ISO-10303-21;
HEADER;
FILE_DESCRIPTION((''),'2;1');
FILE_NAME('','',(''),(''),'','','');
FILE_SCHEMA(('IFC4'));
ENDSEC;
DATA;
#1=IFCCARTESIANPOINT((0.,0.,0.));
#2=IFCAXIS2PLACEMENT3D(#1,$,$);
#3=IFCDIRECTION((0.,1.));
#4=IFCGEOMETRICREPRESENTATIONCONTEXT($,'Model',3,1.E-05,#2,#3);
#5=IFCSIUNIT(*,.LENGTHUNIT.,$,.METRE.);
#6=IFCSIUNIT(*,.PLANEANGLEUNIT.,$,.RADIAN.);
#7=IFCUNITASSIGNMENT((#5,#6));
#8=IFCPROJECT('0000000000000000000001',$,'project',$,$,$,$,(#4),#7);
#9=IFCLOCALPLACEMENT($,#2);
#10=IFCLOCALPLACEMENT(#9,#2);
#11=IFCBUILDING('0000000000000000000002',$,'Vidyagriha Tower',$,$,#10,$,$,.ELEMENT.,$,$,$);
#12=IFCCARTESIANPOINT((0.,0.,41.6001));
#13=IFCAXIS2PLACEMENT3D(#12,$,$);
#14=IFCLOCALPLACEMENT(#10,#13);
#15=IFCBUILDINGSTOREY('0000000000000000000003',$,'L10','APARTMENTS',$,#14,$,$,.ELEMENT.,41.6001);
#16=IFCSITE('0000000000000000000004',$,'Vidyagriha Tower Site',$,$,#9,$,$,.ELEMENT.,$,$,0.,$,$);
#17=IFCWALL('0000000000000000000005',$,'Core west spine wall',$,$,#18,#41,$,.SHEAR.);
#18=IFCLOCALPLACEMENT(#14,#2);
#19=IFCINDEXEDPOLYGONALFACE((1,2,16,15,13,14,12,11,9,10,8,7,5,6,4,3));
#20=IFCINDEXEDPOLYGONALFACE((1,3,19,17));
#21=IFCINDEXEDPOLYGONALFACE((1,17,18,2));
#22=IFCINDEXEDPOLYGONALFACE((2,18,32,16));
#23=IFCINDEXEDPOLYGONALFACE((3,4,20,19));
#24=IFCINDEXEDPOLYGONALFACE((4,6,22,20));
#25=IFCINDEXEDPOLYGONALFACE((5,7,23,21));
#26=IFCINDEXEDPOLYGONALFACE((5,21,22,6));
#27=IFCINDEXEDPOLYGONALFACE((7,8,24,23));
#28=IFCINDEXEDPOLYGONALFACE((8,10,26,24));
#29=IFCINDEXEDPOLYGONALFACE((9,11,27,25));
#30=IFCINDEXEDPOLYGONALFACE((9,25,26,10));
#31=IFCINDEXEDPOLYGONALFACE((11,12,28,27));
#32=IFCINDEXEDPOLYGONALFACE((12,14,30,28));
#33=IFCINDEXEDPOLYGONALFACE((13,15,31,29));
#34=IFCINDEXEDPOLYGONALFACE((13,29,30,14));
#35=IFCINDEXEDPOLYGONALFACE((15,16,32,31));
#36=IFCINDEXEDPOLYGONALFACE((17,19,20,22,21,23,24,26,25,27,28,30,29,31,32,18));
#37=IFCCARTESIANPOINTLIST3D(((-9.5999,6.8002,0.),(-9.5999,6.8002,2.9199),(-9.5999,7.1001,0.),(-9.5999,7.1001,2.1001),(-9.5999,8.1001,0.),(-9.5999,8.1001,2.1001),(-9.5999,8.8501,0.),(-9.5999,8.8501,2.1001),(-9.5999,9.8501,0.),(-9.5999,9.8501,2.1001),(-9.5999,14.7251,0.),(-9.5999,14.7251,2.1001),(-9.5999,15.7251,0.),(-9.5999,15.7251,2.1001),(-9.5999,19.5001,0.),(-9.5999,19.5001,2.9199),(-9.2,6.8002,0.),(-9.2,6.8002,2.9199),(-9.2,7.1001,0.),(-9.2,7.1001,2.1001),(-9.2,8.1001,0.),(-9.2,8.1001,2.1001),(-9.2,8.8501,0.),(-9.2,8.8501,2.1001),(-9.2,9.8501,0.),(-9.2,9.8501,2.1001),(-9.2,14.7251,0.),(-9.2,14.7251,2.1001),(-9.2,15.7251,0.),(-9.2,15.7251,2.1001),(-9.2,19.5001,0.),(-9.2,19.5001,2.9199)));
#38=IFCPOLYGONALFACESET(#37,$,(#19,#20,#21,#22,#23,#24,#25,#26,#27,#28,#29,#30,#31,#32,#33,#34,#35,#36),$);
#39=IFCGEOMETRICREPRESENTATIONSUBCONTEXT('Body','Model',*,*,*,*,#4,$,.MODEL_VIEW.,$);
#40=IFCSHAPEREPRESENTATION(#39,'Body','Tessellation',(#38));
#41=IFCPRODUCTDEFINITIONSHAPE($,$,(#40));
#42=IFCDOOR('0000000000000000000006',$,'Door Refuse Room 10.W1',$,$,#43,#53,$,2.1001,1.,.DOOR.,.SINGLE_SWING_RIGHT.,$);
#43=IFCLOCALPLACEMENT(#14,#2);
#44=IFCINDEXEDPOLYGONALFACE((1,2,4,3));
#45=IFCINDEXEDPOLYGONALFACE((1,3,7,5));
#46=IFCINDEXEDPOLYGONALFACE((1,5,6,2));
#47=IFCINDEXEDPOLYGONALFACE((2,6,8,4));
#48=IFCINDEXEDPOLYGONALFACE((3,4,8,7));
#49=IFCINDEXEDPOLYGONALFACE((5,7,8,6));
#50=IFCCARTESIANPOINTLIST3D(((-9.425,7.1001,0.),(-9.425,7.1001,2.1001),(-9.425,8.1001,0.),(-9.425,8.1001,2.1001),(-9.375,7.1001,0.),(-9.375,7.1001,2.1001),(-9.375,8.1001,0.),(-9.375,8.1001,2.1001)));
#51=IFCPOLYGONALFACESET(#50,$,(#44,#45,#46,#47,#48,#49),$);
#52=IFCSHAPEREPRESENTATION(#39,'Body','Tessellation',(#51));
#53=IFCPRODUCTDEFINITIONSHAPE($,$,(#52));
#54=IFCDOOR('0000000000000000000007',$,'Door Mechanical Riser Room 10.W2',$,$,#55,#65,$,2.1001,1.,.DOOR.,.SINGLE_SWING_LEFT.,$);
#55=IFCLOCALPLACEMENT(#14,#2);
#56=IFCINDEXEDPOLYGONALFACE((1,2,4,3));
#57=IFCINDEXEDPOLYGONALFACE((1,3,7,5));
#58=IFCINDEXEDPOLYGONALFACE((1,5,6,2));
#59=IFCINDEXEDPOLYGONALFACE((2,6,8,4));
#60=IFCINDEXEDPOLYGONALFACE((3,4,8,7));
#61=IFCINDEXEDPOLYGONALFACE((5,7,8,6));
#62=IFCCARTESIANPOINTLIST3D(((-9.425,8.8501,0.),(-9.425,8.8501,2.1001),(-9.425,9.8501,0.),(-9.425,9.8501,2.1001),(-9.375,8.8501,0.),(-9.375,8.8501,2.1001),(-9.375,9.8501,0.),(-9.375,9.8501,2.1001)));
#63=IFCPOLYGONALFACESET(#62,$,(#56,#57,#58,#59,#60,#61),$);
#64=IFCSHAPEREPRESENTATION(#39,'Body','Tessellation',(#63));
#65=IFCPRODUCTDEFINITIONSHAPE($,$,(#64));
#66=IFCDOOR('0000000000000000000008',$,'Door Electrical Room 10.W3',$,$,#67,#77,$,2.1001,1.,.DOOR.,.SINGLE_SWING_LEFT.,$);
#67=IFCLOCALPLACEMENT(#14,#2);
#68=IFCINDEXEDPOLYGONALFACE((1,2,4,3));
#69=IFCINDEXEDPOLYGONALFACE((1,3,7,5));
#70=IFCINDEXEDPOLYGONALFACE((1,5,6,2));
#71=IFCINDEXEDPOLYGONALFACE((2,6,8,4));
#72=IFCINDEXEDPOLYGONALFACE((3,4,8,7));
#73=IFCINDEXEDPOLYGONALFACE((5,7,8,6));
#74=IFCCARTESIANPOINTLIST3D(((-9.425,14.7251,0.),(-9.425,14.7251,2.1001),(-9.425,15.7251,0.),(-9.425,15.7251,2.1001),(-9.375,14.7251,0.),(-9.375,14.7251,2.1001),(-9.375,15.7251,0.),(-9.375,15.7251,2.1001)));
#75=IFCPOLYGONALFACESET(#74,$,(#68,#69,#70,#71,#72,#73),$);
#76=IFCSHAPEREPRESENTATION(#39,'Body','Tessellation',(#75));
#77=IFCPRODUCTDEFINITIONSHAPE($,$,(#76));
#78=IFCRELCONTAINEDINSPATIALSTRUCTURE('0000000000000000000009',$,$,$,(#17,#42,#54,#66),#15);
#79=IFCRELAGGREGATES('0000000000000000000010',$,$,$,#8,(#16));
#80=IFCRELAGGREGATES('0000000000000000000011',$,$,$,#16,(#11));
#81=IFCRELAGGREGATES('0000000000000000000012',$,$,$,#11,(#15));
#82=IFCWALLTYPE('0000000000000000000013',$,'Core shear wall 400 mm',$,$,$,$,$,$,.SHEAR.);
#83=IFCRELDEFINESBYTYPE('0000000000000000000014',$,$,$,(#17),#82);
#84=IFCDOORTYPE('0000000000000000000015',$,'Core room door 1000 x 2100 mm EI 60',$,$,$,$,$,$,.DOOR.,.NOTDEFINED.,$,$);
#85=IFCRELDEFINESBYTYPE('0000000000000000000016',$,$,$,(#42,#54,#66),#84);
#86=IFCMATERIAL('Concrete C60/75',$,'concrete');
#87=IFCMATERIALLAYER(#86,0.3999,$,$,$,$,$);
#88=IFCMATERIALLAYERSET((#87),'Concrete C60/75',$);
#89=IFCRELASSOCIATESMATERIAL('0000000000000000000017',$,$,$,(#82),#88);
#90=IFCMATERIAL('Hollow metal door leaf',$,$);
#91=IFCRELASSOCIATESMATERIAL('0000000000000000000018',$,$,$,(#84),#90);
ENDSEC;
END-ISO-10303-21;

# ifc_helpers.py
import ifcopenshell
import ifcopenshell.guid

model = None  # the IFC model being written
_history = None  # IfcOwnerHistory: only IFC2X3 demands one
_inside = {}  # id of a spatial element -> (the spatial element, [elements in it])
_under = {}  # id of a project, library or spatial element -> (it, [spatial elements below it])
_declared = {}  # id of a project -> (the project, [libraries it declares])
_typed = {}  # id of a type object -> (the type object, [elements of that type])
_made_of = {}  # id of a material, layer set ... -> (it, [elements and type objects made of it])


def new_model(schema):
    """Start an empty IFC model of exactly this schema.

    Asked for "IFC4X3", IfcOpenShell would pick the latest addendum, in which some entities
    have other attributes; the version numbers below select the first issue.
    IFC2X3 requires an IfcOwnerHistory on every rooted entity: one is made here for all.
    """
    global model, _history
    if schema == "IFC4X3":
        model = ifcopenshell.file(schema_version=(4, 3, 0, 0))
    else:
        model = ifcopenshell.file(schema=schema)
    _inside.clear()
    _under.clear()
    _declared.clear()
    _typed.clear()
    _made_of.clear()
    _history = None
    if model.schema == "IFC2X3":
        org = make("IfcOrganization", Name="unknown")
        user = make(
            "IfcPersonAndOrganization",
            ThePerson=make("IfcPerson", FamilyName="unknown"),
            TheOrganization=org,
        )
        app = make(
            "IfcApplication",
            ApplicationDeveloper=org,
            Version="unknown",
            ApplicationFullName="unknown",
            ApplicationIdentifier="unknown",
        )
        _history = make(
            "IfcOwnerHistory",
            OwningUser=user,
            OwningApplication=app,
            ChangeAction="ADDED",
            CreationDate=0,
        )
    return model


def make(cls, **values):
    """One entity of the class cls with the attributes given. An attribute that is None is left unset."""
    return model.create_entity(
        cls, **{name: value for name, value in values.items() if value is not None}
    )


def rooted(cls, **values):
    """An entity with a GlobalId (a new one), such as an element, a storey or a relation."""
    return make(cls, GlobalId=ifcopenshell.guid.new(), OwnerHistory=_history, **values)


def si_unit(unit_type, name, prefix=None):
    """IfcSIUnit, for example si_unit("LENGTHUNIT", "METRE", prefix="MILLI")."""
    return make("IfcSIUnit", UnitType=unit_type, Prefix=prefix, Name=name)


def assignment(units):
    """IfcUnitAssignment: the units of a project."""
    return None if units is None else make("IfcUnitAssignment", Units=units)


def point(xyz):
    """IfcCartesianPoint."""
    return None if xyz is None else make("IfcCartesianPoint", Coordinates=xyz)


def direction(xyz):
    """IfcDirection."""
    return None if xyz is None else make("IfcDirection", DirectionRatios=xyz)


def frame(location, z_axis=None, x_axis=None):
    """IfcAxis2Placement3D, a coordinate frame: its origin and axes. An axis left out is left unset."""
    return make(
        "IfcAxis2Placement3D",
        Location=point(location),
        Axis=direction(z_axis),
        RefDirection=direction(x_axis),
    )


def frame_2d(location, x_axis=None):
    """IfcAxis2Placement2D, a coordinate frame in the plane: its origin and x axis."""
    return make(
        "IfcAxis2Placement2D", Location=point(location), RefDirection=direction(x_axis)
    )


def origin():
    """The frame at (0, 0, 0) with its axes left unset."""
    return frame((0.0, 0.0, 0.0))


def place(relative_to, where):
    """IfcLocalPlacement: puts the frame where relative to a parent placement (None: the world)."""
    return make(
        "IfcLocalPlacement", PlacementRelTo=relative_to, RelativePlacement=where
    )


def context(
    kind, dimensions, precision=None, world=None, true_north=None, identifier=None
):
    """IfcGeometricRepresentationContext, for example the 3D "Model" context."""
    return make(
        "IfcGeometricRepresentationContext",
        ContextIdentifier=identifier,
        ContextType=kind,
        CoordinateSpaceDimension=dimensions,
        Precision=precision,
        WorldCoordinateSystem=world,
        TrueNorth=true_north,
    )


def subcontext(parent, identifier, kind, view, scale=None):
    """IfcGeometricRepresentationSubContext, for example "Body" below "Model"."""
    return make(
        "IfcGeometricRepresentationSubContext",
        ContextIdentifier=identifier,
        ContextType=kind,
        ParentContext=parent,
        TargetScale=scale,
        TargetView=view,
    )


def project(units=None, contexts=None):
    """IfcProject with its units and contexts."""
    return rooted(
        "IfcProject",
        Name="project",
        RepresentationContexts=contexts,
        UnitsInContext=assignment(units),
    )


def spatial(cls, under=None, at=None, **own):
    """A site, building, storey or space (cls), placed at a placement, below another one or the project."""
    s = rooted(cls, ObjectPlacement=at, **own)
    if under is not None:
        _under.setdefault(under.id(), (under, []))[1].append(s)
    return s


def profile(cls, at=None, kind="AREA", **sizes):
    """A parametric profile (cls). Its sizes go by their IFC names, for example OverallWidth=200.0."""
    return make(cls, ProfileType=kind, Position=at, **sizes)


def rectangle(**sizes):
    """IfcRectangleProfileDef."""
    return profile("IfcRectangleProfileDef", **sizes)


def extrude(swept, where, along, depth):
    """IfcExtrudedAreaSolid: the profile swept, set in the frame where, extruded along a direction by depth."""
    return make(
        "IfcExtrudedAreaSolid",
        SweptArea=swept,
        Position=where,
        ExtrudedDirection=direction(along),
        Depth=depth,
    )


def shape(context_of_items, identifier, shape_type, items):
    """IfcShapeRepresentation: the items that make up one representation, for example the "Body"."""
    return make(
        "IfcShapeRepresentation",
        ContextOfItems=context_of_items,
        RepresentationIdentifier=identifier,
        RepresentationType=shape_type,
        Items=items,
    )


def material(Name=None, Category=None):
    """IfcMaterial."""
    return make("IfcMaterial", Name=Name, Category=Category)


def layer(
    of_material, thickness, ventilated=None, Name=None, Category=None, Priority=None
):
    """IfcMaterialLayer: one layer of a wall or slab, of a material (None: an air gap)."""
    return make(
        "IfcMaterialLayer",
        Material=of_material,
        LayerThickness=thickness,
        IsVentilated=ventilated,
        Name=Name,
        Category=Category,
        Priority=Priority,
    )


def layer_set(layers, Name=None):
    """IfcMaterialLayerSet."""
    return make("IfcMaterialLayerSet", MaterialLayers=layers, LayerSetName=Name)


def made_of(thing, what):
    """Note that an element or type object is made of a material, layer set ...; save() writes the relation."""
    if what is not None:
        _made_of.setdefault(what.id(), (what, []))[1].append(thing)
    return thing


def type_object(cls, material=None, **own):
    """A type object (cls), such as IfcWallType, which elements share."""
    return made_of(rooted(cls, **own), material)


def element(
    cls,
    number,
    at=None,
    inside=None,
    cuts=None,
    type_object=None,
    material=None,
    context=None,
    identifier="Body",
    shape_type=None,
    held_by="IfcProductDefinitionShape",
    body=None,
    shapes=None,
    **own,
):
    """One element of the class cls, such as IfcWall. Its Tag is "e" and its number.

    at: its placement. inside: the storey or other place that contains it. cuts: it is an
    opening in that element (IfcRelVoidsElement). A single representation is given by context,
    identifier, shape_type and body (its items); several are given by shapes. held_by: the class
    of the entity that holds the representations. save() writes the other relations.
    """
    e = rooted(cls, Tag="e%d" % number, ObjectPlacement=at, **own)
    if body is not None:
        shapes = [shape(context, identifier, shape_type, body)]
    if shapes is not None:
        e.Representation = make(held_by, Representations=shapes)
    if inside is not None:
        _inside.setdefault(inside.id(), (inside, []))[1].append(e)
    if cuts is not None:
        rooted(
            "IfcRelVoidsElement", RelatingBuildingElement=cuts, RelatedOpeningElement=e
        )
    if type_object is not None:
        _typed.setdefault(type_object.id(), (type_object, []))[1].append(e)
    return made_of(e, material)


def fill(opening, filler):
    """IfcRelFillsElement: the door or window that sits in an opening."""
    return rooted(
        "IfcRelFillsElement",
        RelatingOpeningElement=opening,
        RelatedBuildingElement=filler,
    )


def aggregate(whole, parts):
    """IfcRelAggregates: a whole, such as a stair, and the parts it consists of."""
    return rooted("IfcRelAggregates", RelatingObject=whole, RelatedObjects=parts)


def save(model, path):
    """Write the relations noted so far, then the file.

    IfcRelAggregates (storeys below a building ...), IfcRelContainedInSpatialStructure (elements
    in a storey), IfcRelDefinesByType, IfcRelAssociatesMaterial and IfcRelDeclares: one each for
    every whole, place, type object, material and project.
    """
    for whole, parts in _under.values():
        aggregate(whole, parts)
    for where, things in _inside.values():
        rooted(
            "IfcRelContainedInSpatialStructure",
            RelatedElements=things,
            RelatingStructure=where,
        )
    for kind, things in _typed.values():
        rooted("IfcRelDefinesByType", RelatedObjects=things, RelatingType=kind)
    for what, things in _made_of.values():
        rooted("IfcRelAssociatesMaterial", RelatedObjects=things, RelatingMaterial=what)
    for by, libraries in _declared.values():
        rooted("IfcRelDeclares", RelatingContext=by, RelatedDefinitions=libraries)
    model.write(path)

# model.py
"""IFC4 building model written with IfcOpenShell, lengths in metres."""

from ifc_helpers import new_model, si_unit, direction, frame, frame_2d, origin, place, context, subcontext, project, spatial, rectangle, extrude, material, layer, layer_set, type_object, element, fill, save


model = new_model("IFC4")

# Units and contexts
model_context = context("Model", 3, precision=1e-05, world=origin(), true_north=direction((0.0, 1.0)))
body_context = subcontext(model_context, "Body", "Model", "MODEL_VIEW")
ifc_project = project(units=[si_unit("LENGTHUNIT", "METRE"), si_unit("PLANEANGLEUNIT", "RADIAN")], contexts=[model_context])

# Site, building, storey
site_placement = place(None, origin())
site = spatial("IfcSite", under=ifc_project, at=site_placement, Name="Vidyagriha Tower Site", CompositionType="ELEMENT", RefElevation=0.0)
building_placement = place(site_placement, origin())
building = spatial("IfcBuilding", under=site, at=building_placement, Name="Vidyagriha Tower", CompositionType="ELEMENT")
storey_placement = place(building_placement, frame((0.0, 0.0, 41.6001)))
storey = spatial("IfcBuildingStorey", under=building, at=storey_placement, Name="L10", Description="APARTMENTS", CompositionType="ELEMENT", Elevation=41.6001)

# Wall, openings, doors
ifc_material_1 = material(Name="Concrete C60/75", Category="concrete")
ifc_layer_1 = layer(ifc_material_1, 0.3999)
ifc_layer_set_1 = layer_set([ifc_layer_1], Name="Concrete C60/75")
wall_type_1 = type_object("IfcWallType", Name="Core shear wall 400 mm", PredefinedType="SHEAR", material=ifc_layer_set_1)
wall_1_placement = place(storey_placement, frame((-9.3999, 6.8, 0.0), z_axis=(0.0, 0.0, 1.0), x_axis=(0.0, 1.0, 0.0)))
wall_1 = element("IfcWall", 1, at=wall_1_placement, inside=storey, type_object=wall_type_1, Name="Core west spine wall", PredefinedType="SHEAR", context=body_context, shape_type="SweptSolid", body=[
    extrude(rectangle(XDim=12.7, YDim=0.3999, at=frame_2d((6.3501, 0.0))), origin(), (0.0, 0.0, 1.0), 2.9199),
])
opening_1_placement = place(wall_1_placement, frame((0.3, 0.0, 0.0)))
opening_1 = element("IfcOpeningElement", 2, at=opening_1_placement, cuts=wall_1, PredefinedType="OPENING", context=body_context, shape_type="SweptSolid", body=[
    extrude(rectangle(XDim=1.0, YDim=2.1001, at=frame_2d((0.5, 1.05))), frame((0.0, 0.21, 0.0), z_axis=(0.0, -1.0, 0.0), x_axis=(1.0, 0.0, 0.0)), (0.0, 0.0, 1.0), 0.4199),
])
opening_2_placement = place(wall_1_placement, frame((2.05, 0.0, 0.0)))
opening_2 = element("IfcOpeningElement", 3, at=opening_2_placement, cuts=wall_1, PredefinedType="OPENING", context=body_context, shape_type="SweptSolid", body=[
    extrude(rectangle(XDim=1.0, YDim=2.1001, at=frame_2d((0.5, 1.05))), frame((0.0, 0.21, 0.0), z_axis=(0.0, -1.0, 0.0), x_axis=(1.0, 0.0, 0.0)), (0.0, 0.0, 1.0), 0.4199),
])
opening_3_placement = place(wall_1_placement, frame((7.925, 0.0, 0.0)))
opening_3 = element("IfcOpeningElement", 4, at=opening_3_placement, cuts=wall_1, PredefinedType="OPENING", context=body_context, shape_type="SweptSolid", body=[
    extrude(rectangle(XDim=1.0, YDim=2.1001, at=frame_2d((0.5, 1.05))), frame((0.0, 0.21, 0.0), z_axis=(0.0, -1.0, 0.0), x_axis=(1.0, 0.0, 0.0)), (0.0, 0.0, 1.0), 0.4199),
])
ifc_material_2 = material(Name="Hollow metal door leaf")
door_type_1 = type_object("IfcDoorType", Name="Core room door 1000 x 2100 mm EI 60", OperationType="NOTDEFINED", PredefinedType="DOOR", material=ifc_material_2)
door_1_placement = place(opening_1_placement, frame((1.0, 0.0, 0.0), z_axis=(0.0, 0.0, 1.0), x_axis=(-1.0, 0.0, 0.0)))
door_1 = element("IfcDoor", 5, at=door_1_placement, inside=storey, type_object=door_type_1, Name="Door Refuse Room 10.W1", OperationType="SINGLE_SWING_RIGHT", OverallHeight=2.1001, OverallWidth=1.0, PredefinedType="DOOR", context=body_context, shape_type="SweptSolid", body=[
    extrude(rectangle(XDim=1.0, YDim=2.1001, at=frame_2d((0.5, 1.05))), frame((0.0, 0.0249, 0.0), z_axis=(0.0, -1.0, 0.0), x_axis=(1.0, 0.0, 0.0)), (0.0, 0.0, 1.0), 0.05),
])
fill(opening_1, door_1)
door_2_placement = place(opening_2_placement, frame((1.0, 0.0, 0.0), z_axis=(0.0, 0.0, 1.0), x_axis=(-1.0, 0.0, 0.0)))
door_2 = element("IfcDoor", 6, at=door_2_placement, inside=storey, type_object=door_type_1, Name="Door Mechanical Riser Room 10.W2", OperationType="SINGLE_SWING_LEFT", OverallHeight=2.1001, OverallWidth=1.0, PredefinedType="DOOR", context=body_context, shape_type="SweptSolid", body=[
    extrude(rectangle(XDim=1.0, YDim=2.1001, at=frame_2d((0.5, 1.05))), frame((0.0, 0.0249, 0.0), z_axis=(0.0, -1.0, 0.0), x_axis=(1.0, 0.0, 0.0)), (0.0, 0.0, 1.0), 0.05),
])
fill(opening_2, door_2)
door_3_placement = place(opening_3_placement, frame((1.0, 0.0, 0.0), z_axis=(0.0, 0.0, 1.0), x_axis=(-1.0, 0.0, 0.0)))
door_3 = element("IfcDoor", 7, at=door_3_placement, inside=storey, type_object=door_type_1, Name="Door Electrical Room 10.W3", OperationType="SINGLE_SWING_LEFT", OverallHeight=2.1001, OverallWidth=1.0, PredefinedType="DOOR", context=body_context, shape_type="SweptSolid", body=[
    extrude(rectangle(XDim=1.0, YDim=2.1001, at=frame_2d((0.5, 1.05))), frame((0.0, 0.0249, 0.0), z_axis=(0.0, -1.0, 0.0), x_axis=(1.0, 0.0, 0.0)), (0.0, 0.0, 1.0), 0.05),
])
fill(opening_3, door_3)

save(model, "model.ifc")
